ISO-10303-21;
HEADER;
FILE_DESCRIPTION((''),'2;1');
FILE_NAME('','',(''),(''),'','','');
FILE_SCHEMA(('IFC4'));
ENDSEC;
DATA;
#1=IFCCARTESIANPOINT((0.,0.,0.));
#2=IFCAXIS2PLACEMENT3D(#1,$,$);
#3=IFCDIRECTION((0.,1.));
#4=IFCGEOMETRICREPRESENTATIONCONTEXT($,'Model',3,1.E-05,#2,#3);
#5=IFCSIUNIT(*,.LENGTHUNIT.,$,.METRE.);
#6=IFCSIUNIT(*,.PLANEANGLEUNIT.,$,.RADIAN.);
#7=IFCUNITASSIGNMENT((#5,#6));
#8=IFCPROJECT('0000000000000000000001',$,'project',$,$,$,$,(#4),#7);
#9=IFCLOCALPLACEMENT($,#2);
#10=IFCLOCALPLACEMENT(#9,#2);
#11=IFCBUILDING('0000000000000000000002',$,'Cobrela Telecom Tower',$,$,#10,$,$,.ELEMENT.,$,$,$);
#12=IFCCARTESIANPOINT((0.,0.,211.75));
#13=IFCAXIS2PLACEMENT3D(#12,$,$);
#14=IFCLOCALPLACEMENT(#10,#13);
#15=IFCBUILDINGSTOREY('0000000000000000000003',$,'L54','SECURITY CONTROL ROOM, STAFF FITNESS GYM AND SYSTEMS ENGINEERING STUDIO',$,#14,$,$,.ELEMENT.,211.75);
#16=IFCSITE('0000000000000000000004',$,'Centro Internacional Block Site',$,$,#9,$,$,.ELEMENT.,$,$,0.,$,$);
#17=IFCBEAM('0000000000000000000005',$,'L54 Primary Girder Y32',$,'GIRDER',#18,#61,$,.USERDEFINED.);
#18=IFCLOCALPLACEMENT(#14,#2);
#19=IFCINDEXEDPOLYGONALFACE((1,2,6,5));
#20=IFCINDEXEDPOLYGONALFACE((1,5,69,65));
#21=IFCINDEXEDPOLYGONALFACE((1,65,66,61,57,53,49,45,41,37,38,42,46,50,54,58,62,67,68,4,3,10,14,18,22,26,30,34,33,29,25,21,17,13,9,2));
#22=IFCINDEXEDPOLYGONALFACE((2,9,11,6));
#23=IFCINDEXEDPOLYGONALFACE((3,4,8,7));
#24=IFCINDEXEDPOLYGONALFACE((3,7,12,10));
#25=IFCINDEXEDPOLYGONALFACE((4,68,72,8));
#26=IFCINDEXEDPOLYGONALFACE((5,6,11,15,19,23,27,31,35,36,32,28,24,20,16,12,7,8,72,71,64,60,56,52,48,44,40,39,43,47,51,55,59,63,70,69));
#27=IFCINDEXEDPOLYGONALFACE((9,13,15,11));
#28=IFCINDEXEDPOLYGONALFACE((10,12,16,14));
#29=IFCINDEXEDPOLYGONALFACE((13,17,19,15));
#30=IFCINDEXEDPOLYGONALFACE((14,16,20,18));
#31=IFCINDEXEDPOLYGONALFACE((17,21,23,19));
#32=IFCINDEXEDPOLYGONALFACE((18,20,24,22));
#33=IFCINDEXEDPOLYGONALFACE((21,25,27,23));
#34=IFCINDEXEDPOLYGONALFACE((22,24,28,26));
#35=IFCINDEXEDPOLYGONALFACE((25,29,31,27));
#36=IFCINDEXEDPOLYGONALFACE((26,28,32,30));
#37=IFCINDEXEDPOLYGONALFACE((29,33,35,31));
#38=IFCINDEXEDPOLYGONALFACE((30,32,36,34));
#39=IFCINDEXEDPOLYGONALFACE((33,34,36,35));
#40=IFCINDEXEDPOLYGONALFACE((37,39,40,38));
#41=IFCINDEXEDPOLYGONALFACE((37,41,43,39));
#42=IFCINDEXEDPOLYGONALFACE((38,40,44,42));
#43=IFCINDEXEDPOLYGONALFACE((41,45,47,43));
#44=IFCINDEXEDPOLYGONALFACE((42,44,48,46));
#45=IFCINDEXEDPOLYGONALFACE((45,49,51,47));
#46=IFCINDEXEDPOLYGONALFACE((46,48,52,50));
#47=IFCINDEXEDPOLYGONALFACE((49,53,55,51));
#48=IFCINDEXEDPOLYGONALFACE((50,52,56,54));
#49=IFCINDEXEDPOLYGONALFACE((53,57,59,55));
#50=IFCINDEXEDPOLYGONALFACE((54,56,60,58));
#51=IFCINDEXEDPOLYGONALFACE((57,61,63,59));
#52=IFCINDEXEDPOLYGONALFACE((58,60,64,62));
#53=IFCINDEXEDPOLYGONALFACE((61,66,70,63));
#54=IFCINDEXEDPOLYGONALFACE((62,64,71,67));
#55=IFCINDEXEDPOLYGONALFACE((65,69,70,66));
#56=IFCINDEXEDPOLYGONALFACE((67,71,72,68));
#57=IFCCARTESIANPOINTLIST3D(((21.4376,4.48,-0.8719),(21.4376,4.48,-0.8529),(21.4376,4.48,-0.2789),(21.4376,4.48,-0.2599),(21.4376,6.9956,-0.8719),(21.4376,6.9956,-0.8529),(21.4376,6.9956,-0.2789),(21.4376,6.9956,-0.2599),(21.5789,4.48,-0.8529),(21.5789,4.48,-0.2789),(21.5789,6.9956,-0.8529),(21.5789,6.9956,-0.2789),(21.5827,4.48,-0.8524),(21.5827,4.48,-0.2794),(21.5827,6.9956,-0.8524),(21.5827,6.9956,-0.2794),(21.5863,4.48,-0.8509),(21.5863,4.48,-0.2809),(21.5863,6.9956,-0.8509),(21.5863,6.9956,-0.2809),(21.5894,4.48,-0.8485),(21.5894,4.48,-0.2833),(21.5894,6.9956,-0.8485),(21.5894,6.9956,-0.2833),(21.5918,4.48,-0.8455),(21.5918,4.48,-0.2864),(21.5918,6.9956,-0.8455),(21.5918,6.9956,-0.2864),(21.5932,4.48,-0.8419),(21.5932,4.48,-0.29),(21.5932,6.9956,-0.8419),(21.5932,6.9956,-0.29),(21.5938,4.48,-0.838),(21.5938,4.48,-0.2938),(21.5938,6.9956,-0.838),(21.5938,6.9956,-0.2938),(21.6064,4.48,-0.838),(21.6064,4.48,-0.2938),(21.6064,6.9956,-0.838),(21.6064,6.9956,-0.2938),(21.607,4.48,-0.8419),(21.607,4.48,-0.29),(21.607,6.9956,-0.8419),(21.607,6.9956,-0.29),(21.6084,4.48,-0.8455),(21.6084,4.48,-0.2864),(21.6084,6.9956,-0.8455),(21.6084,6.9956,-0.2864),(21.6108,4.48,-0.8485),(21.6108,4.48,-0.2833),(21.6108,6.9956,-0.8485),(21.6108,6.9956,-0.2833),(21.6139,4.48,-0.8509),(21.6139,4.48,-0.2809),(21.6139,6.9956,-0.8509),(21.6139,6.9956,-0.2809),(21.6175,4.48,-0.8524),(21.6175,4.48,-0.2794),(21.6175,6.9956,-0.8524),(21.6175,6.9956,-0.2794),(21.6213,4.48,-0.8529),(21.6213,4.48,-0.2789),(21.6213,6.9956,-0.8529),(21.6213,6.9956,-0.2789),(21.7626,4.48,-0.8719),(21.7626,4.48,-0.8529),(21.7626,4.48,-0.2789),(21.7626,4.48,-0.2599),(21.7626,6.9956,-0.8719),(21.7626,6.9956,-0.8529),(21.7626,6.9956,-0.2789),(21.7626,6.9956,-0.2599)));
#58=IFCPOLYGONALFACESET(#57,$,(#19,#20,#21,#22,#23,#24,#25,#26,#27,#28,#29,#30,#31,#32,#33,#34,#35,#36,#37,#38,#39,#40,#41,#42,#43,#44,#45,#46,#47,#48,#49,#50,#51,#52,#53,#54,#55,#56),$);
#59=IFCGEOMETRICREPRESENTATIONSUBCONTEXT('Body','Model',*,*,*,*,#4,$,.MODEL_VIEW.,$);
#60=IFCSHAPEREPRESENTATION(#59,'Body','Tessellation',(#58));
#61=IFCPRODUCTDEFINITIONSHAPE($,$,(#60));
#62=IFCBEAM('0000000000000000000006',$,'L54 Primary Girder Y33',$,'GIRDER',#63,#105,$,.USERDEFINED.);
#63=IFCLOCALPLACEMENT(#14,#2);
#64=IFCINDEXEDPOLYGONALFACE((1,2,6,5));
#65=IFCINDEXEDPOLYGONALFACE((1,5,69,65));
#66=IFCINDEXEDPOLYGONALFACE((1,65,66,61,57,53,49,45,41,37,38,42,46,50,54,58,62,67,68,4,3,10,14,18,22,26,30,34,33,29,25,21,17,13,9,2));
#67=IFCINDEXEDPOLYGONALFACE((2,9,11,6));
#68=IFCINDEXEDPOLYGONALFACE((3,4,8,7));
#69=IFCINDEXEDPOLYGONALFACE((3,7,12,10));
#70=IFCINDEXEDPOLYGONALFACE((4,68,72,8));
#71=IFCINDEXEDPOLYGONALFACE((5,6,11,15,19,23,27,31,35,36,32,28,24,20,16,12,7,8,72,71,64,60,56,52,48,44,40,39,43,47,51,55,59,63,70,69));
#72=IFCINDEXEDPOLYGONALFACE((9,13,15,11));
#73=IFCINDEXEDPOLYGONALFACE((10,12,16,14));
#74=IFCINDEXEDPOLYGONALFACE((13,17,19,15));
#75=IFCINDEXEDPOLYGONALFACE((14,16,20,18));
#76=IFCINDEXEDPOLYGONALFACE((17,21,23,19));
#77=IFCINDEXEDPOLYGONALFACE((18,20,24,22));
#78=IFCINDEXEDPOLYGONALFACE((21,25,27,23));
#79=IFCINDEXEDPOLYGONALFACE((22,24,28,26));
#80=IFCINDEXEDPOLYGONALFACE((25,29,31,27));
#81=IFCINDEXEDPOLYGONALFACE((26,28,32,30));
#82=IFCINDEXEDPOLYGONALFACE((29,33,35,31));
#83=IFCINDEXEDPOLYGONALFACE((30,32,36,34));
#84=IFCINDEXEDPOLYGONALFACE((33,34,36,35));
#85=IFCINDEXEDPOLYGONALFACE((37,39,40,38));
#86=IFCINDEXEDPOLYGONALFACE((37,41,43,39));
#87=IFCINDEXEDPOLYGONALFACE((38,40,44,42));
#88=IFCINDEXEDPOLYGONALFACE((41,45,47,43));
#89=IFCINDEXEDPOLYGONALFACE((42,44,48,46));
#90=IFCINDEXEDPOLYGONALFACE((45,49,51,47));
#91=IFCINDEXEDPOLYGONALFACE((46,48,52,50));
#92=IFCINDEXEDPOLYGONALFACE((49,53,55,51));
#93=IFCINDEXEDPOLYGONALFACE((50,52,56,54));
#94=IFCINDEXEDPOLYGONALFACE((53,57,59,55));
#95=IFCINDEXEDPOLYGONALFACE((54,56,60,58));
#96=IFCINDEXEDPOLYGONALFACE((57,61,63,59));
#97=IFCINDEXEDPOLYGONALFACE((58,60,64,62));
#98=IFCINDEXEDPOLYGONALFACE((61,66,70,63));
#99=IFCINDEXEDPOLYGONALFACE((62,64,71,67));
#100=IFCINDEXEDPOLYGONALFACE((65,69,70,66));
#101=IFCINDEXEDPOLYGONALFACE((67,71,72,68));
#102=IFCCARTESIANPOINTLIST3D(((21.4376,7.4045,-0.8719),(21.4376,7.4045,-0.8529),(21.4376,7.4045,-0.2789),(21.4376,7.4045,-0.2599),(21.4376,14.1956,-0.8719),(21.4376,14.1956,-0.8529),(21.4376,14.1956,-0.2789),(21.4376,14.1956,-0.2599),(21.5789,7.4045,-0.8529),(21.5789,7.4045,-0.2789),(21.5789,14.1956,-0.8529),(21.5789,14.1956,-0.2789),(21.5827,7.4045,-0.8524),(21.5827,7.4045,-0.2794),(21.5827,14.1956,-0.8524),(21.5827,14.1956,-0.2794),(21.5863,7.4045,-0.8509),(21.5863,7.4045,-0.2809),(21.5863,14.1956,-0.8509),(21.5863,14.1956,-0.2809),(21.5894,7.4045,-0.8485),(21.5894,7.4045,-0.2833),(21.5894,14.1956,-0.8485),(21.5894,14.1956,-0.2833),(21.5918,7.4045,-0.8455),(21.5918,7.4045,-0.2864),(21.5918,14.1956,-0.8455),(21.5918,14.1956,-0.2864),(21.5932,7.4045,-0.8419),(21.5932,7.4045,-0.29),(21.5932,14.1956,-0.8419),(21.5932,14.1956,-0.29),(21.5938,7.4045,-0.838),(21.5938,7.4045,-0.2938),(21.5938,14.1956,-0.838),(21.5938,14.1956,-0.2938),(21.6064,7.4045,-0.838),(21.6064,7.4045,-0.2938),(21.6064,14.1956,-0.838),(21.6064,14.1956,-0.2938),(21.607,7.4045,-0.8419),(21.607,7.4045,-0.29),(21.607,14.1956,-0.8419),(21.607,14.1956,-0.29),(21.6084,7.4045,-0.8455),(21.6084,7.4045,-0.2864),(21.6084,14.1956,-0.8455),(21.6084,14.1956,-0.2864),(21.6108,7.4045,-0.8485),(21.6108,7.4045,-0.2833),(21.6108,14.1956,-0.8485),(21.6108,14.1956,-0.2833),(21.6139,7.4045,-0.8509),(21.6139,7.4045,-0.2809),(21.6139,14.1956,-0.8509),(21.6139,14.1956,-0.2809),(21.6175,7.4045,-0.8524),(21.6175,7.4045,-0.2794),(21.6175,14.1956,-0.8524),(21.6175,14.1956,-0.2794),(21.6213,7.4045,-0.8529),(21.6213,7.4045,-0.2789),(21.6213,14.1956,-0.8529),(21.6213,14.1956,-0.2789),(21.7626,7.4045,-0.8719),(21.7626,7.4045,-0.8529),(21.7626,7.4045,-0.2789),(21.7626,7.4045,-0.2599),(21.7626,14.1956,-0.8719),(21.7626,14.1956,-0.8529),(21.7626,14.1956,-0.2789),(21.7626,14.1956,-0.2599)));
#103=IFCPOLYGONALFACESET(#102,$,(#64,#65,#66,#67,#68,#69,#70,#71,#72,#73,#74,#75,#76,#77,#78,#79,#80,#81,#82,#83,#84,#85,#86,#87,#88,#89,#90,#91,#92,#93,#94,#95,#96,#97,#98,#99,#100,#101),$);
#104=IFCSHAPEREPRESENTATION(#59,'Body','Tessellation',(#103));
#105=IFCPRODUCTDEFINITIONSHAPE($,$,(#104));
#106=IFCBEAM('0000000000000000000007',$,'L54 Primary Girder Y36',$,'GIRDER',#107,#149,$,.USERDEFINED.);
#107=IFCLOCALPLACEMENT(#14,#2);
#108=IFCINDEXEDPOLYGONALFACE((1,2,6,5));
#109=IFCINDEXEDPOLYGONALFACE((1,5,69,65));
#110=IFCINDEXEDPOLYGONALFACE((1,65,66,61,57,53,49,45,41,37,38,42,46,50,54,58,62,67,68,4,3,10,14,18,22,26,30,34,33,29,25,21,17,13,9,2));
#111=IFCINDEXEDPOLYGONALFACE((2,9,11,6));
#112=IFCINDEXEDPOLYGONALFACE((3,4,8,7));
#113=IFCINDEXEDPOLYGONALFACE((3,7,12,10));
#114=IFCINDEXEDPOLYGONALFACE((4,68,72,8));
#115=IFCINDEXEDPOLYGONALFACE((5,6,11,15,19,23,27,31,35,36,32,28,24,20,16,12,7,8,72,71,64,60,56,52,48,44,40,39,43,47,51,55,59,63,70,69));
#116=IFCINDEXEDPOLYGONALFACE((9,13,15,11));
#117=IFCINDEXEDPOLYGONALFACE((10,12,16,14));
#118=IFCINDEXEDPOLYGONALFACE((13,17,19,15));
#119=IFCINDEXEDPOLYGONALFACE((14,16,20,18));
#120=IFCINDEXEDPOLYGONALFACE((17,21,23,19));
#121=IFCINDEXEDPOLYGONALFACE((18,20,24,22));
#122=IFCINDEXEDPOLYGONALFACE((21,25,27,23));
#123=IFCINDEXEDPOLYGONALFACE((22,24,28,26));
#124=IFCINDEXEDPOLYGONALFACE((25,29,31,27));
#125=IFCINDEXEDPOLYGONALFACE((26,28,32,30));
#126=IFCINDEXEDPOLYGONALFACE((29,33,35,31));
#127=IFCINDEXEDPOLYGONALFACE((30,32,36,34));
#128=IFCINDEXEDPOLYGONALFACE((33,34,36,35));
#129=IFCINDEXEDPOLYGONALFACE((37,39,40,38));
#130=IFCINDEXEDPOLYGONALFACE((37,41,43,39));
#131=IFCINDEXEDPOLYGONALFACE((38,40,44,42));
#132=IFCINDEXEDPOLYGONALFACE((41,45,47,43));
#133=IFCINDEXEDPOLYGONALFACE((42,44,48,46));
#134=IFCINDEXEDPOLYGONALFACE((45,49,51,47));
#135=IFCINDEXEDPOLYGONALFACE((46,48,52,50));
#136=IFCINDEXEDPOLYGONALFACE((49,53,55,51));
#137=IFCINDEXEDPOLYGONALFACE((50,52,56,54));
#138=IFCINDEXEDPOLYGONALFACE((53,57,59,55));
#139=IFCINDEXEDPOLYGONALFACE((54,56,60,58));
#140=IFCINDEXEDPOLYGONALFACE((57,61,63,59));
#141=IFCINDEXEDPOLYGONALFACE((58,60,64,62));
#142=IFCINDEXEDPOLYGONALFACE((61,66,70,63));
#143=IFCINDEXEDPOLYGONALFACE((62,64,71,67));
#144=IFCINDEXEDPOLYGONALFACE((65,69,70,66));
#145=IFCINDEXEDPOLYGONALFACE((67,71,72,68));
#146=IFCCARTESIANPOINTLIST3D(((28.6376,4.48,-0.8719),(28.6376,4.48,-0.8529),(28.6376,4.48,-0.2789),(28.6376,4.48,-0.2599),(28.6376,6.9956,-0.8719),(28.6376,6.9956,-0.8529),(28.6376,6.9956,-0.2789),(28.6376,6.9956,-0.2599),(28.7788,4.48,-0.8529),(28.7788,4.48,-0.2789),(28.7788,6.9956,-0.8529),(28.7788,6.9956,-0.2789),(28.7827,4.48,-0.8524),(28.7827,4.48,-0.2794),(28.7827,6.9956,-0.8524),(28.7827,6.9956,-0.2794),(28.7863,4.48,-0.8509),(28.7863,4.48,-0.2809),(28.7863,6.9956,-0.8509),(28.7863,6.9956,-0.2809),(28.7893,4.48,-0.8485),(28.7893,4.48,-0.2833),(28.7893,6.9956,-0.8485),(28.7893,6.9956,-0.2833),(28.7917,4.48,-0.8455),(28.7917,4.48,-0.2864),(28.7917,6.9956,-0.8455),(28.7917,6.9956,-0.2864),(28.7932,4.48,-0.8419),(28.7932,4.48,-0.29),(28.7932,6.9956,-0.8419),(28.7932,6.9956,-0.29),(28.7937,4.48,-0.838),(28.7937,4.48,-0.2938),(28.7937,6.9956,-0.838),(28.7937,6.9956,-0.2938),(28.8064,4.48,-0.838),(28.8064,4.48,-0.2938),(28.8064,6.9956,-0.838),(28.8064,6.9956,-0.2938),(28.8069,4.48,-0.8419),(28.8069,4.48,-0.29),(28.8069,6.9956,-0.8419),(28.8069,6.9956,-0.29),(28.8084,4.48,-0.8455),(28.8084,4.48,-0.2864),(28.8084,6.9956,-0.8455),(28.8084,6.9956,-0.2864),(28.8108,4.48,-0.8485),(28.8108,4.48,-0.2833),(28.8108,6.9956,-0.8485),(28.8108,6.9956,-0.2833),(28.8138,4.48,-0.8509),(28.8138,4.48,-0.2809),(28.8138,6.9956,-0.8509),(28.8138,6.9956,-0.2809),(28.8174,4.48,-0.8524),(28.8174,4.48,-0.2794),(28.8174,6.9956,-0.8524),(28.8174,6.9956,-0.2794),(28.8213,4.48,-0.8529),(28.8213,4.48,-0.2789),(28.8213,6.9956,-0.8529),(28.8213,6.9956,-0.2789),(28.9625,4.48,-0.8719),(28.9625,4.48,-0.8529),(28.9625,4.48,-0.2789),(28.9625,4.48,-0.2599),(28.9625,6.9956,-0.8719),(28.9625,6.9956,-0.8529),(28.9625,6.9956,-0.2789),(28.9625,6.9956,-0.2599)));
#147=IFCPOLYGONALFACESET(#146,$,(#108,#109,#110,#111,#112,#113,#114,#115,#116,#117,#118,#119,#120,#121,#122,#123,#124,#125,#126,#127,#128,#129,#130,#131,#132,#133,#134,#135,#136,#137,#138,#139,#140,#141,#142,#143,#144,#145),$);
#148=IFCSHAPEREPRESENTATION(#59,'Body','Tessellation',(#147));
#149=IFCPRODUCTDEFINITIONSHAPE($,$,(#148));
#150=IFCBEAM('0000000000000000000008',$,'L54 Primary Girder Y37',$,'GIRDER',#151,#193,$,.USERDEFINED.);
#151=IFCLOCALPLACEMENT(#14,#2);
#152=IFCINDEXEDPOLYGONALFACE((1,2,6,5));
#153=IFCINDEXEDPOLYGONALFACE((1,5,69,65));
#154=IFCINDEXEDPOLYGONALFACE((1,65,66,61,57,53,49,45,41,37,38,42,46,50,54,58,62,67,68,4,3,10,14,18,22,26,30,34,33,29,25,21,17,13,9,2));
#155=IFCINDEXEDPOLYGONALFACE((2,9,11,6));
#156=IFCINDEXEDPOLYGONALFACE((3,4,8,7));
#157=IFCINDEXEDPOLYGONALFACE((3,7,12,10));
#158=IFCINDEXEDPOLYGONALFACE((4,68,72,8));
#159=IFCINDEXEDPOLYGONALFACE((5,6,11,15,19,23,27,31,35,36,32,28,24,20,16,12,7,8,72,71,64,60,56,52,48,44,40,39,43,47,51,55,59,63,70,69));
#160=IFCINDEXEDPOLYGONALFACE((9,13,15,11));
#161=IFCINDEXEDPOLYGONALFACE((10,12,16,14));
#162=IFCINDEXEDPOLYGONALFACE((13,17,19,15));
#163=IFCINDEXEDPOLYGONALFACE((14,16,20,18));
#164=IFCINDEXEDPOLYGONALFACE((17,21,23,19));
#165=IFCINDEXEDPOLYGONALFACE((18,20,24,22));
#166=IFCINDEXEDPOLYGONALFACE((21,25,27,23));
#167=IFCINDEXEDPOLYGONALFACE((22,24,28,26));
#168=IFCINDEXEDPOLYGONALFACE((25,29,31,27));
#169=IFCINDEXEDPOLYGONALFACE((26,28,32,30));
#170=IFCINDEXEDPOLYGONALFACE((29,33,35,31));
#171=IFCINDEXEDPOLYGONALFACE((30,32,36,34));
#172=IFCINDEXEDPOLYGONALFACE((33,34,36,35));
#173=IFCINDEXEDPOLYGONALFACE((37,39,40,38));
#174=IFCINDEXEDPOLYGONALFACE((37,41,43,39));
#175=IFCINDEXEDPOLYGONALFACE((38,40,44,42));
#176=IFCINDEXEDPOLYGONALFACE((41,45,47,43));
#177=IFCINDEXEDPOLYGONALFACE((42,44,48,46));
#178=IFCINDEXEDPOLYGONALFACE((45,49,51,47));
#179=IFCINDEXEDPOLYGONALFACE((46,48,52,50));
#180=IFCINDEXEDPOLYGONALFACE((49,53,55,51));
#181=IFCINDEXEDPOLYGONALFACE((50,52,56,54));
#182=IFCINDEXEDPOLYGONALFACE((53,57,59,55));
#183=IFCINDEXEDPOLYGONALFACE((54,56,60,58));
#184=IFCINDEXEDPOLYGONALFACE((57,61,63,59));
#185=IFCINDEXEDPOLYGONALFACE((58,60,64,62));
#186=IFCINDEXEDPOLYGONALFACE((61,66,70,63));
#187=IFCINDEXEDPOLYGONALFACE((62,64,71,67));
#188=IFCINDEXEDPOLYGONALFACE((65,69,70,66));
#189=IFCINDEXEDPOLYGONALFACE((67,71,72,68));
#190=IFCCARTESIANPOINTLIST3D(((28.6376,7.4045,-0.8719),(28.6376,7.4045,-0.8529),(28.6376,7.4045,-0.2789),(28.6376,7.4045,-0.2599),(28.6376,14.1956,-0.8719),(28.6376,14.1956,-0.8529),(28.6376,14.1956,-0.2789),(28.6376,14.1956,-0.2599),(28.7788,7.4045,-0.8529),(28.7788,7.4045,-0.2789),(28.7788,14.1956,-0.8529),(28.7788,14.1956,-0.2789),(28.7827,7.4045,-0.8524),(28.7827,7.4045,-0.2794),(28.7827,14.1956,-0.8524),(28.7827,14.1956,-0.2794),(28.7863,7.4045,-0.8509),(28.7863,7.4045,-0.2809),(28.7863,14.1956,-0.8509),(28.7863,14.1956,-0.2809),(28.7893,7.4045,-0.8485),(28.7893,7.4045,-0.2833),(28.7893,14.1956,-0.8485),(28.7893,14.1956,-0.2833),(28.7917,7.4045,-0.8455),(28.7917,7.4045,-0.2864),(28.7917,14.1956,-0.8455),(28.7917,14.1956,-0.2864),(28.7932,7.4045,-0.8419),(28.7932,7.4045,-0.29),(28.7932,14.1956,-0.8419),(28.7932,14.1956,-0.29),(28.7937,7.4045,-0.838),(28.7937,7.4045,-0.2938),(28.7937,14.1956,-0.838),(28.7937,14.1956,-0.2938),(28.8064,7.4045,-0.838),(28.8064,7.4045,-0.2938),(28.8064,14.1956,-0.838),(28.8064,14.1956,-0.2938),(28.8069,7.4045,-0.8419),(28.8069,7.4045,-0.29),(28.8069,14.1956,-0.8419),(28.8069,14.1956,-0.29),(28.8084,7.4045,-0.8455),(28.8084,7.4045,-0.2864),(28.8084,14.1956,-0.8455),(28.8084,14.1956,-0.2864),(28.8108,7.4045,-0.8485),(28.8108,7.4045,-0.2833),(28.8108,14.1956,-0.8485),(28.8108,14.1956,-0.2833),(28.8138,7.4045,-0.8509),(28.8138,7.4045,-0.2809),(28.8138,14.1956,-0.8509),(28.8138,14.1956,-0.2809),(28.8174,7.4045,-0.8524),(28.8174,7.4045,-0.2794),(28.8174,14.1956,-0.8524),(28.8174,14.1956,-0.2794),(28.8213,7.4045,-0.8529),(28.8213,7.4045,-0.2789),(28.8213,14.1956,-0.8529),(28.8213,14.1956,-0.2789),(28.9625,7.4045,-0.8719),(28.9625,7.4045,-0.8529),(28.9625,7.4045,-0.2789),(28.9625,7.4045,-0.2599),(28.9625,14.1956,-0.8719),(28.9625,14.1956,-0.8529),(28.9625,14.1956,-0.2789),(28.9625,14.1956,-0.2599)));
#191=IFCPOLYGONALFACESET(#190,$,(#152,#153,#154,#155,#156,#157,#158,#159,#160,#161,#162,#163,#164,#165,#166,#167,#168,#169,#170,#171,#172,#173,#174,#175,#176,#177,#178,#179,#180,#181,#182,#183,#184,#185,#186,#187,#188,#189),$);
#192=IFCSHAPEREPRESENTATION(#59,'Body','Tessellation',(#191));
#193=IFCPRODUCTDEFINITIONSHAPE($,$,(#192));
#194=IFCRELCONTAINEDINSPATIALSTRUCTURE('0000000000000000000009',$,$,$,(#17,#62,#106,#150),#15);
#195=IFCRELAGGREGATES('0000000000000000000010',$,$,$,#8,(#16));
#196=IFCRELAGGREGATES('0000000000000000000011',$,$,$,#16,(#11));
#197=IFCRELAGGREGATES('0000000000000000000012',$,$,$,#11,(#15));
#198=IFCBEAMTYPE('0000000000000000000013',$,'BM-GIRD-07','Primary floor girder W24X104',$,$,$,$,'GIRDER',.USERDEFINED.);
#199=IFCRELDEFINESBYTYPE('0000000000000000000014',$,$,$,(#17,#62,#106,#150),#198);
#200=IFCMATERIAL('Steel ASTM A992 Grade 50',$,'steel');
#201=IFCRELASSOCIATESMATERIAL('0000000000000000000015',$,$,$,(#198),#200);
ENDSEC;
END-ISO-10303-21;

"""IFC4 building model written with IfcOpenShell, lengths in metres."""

from ifc_helpers import new_model, si_unit, direction, frame, origin, origin_2d, place, context, subcontext, project, spatial, i_section, extrude, material, material_profile, profile_set, type_object, element, save


model = new_model("IFC4")

# Units and contexts
model_context = context("Model", 3, precision=1e-05, world=origin(), true_north=direction((0.0, 1.0)))
body_context = subcontext(model_context, "Body", "Model", "MODEL_VIEW")
ifc_project = project(units=[si_unit("LENGTHUNIT", "METRE"), si_unit("PLANEANGLEUNIT", "RADIAN")], contexts=[model_context])

# Site, building, storey
site_placement = place(None, origin())
site = spatial("IfcSite", under=ifc_project, at=site_placement, Name="Centro Internacional Block Site", CompositionType="ELEMENT", RefElevation=0.0)
building_placement = place(site_placement, origin())
building = spatial("IfcBuilding", under=site, at=building_placement, Name="Cobrela Telecom Tower", CompositionType="ELEMENT")
storey_placement = place(building_placement, frame((0.0, 0.0, 211.75)))
storey = spatial("IfcBuildingStorey", under=building, at=storey_placement, Name="L54", Description="SECURITY CONTROL ROOM, STAFF FITNESS GYM AND SYSTEMS ENGINEERING STUDIO", CompositionType="ELEMENT", Elevation=211.75)

# Shared definitions
ifc_material_1 = material(Name="Steel ASTM A992 Grade 50", Category="steel")

# Beams
ifc_material_profile_1 = material_profile(ifc_material_1, i_section(OverallWidth=0.325, OverallDepth=0.6121, WebThickness=0.0127, FlangeThickness=0.019, FilletRadius=0.0149, at=origin_2d()), Name="W24X104")
ifc_profile_set_1 = profile_set([ifc_material_profile_1], Name="Steel ASTM A992 Grade 50")
beam_type_1 = type_object("IfcBeamType", Name="BM-GIRD-07", Description="Primary floor girder W24X104", ElementType="GIRDER", PredefinedType="USERDEFINED", material=ifc_profile_set_1)
beam_1_placement = place(storey_placement, frame((21.6001, 4.48, -0.5659), z_axis=(0.0, 1.0, 0.0), x_axis=(-1.0, 0.0, 0.0)))
element("IfcBeam", 1, at=beam_1_placement, inside=storey, type_object=beam_type_1, Name="L54 Primary Girder Y32", ObjectType="GIRDER", PredefinedType="USERDEFINED", context=body_context, shape_type="SweptSolid", body=[
    extrude(i_section(OverallWidth=0.325, OverallDepth=0.6121, WebThickness=0.0127, FlangeThickness=0.019, FilletRadius=0.0149, at=origin_2d()), origin(), (0.0, 0.0, 1.0), 2.5156),
])
beam_2_placement = place(storey_placement, frame((21.6001, 7.4045, -0.5659), z_axis=(0.0, 1.0, 0.0), x_axis=(-1.0, 0.0, 0.0)))
element("IfcBeam", 2, at=beam_2_placement, inside=storey, type_object=beam_type_1, Name="L54 Primary Girder Y33", ObjectType="GIRDER", PredefinedType="USERDEFINED", context=body_context, shape_type="SweptSolid", body=[
    extrude(i_section(OverallWidth=0.325, OverallDepth=0.6121, WebThickness=0.0127, FlangeThickness=0.019, FilletRadius=0.0149, at=origin_2d()), origin(), (0.0, 0.0, 1.0), 6.791),
])
beam_3_placement = place(storey_placement, frame((28.8, 4.48, -0.5659), z_axis=(0.0, 1.0, 0.0), x_axis=(-1.0, 0.0, 0.0)))
element("IfcBeam", 3, at=beam_3_placement, inside=storey, type_object=beam_type_1, Name="L54 Primary Girder Y36", ObjectType="GIRDER", PredefinedType="USERDEFINED", context=body_context, shape_type="SweptSolid", body=[
    extrude(i_section(OverallWidth=0.325, OverallDepth=0.6121, WebThickness=0.0127, FlangeThickness=0.019, FilletRadius=0.0149, at=origin_2d()), origin(), (0.0, 0.0, 1.0), 2.5156),
])
beam_4_placement = place(storey_placement, frame((28.8, 7.4045, -0.5659), z_axis=(0.0, 1.0, 0.0), x_axis=(-1.0, 0.0, 0.0)))
element("IfcBeam", 4, at=beam_4_placement, inside=storey, type_object=beam_type_1, Name="L54 Primary Girder Y37", ObjectType="GIRDER", PredefinedType="USERDEFINED", context=body_context, shape_type="SweptSolid", body=[
    extrude(i_section(OverallWidth=0.325, OverallDepth=0.6121, WebThickness=0.0127, FlangeThickness=0.019, FilletRadius=0.0149, at=origin_2d()), origin(), (0.0, 0.0, 1.0), 6.791),
])

save(model, "model.ifc")
